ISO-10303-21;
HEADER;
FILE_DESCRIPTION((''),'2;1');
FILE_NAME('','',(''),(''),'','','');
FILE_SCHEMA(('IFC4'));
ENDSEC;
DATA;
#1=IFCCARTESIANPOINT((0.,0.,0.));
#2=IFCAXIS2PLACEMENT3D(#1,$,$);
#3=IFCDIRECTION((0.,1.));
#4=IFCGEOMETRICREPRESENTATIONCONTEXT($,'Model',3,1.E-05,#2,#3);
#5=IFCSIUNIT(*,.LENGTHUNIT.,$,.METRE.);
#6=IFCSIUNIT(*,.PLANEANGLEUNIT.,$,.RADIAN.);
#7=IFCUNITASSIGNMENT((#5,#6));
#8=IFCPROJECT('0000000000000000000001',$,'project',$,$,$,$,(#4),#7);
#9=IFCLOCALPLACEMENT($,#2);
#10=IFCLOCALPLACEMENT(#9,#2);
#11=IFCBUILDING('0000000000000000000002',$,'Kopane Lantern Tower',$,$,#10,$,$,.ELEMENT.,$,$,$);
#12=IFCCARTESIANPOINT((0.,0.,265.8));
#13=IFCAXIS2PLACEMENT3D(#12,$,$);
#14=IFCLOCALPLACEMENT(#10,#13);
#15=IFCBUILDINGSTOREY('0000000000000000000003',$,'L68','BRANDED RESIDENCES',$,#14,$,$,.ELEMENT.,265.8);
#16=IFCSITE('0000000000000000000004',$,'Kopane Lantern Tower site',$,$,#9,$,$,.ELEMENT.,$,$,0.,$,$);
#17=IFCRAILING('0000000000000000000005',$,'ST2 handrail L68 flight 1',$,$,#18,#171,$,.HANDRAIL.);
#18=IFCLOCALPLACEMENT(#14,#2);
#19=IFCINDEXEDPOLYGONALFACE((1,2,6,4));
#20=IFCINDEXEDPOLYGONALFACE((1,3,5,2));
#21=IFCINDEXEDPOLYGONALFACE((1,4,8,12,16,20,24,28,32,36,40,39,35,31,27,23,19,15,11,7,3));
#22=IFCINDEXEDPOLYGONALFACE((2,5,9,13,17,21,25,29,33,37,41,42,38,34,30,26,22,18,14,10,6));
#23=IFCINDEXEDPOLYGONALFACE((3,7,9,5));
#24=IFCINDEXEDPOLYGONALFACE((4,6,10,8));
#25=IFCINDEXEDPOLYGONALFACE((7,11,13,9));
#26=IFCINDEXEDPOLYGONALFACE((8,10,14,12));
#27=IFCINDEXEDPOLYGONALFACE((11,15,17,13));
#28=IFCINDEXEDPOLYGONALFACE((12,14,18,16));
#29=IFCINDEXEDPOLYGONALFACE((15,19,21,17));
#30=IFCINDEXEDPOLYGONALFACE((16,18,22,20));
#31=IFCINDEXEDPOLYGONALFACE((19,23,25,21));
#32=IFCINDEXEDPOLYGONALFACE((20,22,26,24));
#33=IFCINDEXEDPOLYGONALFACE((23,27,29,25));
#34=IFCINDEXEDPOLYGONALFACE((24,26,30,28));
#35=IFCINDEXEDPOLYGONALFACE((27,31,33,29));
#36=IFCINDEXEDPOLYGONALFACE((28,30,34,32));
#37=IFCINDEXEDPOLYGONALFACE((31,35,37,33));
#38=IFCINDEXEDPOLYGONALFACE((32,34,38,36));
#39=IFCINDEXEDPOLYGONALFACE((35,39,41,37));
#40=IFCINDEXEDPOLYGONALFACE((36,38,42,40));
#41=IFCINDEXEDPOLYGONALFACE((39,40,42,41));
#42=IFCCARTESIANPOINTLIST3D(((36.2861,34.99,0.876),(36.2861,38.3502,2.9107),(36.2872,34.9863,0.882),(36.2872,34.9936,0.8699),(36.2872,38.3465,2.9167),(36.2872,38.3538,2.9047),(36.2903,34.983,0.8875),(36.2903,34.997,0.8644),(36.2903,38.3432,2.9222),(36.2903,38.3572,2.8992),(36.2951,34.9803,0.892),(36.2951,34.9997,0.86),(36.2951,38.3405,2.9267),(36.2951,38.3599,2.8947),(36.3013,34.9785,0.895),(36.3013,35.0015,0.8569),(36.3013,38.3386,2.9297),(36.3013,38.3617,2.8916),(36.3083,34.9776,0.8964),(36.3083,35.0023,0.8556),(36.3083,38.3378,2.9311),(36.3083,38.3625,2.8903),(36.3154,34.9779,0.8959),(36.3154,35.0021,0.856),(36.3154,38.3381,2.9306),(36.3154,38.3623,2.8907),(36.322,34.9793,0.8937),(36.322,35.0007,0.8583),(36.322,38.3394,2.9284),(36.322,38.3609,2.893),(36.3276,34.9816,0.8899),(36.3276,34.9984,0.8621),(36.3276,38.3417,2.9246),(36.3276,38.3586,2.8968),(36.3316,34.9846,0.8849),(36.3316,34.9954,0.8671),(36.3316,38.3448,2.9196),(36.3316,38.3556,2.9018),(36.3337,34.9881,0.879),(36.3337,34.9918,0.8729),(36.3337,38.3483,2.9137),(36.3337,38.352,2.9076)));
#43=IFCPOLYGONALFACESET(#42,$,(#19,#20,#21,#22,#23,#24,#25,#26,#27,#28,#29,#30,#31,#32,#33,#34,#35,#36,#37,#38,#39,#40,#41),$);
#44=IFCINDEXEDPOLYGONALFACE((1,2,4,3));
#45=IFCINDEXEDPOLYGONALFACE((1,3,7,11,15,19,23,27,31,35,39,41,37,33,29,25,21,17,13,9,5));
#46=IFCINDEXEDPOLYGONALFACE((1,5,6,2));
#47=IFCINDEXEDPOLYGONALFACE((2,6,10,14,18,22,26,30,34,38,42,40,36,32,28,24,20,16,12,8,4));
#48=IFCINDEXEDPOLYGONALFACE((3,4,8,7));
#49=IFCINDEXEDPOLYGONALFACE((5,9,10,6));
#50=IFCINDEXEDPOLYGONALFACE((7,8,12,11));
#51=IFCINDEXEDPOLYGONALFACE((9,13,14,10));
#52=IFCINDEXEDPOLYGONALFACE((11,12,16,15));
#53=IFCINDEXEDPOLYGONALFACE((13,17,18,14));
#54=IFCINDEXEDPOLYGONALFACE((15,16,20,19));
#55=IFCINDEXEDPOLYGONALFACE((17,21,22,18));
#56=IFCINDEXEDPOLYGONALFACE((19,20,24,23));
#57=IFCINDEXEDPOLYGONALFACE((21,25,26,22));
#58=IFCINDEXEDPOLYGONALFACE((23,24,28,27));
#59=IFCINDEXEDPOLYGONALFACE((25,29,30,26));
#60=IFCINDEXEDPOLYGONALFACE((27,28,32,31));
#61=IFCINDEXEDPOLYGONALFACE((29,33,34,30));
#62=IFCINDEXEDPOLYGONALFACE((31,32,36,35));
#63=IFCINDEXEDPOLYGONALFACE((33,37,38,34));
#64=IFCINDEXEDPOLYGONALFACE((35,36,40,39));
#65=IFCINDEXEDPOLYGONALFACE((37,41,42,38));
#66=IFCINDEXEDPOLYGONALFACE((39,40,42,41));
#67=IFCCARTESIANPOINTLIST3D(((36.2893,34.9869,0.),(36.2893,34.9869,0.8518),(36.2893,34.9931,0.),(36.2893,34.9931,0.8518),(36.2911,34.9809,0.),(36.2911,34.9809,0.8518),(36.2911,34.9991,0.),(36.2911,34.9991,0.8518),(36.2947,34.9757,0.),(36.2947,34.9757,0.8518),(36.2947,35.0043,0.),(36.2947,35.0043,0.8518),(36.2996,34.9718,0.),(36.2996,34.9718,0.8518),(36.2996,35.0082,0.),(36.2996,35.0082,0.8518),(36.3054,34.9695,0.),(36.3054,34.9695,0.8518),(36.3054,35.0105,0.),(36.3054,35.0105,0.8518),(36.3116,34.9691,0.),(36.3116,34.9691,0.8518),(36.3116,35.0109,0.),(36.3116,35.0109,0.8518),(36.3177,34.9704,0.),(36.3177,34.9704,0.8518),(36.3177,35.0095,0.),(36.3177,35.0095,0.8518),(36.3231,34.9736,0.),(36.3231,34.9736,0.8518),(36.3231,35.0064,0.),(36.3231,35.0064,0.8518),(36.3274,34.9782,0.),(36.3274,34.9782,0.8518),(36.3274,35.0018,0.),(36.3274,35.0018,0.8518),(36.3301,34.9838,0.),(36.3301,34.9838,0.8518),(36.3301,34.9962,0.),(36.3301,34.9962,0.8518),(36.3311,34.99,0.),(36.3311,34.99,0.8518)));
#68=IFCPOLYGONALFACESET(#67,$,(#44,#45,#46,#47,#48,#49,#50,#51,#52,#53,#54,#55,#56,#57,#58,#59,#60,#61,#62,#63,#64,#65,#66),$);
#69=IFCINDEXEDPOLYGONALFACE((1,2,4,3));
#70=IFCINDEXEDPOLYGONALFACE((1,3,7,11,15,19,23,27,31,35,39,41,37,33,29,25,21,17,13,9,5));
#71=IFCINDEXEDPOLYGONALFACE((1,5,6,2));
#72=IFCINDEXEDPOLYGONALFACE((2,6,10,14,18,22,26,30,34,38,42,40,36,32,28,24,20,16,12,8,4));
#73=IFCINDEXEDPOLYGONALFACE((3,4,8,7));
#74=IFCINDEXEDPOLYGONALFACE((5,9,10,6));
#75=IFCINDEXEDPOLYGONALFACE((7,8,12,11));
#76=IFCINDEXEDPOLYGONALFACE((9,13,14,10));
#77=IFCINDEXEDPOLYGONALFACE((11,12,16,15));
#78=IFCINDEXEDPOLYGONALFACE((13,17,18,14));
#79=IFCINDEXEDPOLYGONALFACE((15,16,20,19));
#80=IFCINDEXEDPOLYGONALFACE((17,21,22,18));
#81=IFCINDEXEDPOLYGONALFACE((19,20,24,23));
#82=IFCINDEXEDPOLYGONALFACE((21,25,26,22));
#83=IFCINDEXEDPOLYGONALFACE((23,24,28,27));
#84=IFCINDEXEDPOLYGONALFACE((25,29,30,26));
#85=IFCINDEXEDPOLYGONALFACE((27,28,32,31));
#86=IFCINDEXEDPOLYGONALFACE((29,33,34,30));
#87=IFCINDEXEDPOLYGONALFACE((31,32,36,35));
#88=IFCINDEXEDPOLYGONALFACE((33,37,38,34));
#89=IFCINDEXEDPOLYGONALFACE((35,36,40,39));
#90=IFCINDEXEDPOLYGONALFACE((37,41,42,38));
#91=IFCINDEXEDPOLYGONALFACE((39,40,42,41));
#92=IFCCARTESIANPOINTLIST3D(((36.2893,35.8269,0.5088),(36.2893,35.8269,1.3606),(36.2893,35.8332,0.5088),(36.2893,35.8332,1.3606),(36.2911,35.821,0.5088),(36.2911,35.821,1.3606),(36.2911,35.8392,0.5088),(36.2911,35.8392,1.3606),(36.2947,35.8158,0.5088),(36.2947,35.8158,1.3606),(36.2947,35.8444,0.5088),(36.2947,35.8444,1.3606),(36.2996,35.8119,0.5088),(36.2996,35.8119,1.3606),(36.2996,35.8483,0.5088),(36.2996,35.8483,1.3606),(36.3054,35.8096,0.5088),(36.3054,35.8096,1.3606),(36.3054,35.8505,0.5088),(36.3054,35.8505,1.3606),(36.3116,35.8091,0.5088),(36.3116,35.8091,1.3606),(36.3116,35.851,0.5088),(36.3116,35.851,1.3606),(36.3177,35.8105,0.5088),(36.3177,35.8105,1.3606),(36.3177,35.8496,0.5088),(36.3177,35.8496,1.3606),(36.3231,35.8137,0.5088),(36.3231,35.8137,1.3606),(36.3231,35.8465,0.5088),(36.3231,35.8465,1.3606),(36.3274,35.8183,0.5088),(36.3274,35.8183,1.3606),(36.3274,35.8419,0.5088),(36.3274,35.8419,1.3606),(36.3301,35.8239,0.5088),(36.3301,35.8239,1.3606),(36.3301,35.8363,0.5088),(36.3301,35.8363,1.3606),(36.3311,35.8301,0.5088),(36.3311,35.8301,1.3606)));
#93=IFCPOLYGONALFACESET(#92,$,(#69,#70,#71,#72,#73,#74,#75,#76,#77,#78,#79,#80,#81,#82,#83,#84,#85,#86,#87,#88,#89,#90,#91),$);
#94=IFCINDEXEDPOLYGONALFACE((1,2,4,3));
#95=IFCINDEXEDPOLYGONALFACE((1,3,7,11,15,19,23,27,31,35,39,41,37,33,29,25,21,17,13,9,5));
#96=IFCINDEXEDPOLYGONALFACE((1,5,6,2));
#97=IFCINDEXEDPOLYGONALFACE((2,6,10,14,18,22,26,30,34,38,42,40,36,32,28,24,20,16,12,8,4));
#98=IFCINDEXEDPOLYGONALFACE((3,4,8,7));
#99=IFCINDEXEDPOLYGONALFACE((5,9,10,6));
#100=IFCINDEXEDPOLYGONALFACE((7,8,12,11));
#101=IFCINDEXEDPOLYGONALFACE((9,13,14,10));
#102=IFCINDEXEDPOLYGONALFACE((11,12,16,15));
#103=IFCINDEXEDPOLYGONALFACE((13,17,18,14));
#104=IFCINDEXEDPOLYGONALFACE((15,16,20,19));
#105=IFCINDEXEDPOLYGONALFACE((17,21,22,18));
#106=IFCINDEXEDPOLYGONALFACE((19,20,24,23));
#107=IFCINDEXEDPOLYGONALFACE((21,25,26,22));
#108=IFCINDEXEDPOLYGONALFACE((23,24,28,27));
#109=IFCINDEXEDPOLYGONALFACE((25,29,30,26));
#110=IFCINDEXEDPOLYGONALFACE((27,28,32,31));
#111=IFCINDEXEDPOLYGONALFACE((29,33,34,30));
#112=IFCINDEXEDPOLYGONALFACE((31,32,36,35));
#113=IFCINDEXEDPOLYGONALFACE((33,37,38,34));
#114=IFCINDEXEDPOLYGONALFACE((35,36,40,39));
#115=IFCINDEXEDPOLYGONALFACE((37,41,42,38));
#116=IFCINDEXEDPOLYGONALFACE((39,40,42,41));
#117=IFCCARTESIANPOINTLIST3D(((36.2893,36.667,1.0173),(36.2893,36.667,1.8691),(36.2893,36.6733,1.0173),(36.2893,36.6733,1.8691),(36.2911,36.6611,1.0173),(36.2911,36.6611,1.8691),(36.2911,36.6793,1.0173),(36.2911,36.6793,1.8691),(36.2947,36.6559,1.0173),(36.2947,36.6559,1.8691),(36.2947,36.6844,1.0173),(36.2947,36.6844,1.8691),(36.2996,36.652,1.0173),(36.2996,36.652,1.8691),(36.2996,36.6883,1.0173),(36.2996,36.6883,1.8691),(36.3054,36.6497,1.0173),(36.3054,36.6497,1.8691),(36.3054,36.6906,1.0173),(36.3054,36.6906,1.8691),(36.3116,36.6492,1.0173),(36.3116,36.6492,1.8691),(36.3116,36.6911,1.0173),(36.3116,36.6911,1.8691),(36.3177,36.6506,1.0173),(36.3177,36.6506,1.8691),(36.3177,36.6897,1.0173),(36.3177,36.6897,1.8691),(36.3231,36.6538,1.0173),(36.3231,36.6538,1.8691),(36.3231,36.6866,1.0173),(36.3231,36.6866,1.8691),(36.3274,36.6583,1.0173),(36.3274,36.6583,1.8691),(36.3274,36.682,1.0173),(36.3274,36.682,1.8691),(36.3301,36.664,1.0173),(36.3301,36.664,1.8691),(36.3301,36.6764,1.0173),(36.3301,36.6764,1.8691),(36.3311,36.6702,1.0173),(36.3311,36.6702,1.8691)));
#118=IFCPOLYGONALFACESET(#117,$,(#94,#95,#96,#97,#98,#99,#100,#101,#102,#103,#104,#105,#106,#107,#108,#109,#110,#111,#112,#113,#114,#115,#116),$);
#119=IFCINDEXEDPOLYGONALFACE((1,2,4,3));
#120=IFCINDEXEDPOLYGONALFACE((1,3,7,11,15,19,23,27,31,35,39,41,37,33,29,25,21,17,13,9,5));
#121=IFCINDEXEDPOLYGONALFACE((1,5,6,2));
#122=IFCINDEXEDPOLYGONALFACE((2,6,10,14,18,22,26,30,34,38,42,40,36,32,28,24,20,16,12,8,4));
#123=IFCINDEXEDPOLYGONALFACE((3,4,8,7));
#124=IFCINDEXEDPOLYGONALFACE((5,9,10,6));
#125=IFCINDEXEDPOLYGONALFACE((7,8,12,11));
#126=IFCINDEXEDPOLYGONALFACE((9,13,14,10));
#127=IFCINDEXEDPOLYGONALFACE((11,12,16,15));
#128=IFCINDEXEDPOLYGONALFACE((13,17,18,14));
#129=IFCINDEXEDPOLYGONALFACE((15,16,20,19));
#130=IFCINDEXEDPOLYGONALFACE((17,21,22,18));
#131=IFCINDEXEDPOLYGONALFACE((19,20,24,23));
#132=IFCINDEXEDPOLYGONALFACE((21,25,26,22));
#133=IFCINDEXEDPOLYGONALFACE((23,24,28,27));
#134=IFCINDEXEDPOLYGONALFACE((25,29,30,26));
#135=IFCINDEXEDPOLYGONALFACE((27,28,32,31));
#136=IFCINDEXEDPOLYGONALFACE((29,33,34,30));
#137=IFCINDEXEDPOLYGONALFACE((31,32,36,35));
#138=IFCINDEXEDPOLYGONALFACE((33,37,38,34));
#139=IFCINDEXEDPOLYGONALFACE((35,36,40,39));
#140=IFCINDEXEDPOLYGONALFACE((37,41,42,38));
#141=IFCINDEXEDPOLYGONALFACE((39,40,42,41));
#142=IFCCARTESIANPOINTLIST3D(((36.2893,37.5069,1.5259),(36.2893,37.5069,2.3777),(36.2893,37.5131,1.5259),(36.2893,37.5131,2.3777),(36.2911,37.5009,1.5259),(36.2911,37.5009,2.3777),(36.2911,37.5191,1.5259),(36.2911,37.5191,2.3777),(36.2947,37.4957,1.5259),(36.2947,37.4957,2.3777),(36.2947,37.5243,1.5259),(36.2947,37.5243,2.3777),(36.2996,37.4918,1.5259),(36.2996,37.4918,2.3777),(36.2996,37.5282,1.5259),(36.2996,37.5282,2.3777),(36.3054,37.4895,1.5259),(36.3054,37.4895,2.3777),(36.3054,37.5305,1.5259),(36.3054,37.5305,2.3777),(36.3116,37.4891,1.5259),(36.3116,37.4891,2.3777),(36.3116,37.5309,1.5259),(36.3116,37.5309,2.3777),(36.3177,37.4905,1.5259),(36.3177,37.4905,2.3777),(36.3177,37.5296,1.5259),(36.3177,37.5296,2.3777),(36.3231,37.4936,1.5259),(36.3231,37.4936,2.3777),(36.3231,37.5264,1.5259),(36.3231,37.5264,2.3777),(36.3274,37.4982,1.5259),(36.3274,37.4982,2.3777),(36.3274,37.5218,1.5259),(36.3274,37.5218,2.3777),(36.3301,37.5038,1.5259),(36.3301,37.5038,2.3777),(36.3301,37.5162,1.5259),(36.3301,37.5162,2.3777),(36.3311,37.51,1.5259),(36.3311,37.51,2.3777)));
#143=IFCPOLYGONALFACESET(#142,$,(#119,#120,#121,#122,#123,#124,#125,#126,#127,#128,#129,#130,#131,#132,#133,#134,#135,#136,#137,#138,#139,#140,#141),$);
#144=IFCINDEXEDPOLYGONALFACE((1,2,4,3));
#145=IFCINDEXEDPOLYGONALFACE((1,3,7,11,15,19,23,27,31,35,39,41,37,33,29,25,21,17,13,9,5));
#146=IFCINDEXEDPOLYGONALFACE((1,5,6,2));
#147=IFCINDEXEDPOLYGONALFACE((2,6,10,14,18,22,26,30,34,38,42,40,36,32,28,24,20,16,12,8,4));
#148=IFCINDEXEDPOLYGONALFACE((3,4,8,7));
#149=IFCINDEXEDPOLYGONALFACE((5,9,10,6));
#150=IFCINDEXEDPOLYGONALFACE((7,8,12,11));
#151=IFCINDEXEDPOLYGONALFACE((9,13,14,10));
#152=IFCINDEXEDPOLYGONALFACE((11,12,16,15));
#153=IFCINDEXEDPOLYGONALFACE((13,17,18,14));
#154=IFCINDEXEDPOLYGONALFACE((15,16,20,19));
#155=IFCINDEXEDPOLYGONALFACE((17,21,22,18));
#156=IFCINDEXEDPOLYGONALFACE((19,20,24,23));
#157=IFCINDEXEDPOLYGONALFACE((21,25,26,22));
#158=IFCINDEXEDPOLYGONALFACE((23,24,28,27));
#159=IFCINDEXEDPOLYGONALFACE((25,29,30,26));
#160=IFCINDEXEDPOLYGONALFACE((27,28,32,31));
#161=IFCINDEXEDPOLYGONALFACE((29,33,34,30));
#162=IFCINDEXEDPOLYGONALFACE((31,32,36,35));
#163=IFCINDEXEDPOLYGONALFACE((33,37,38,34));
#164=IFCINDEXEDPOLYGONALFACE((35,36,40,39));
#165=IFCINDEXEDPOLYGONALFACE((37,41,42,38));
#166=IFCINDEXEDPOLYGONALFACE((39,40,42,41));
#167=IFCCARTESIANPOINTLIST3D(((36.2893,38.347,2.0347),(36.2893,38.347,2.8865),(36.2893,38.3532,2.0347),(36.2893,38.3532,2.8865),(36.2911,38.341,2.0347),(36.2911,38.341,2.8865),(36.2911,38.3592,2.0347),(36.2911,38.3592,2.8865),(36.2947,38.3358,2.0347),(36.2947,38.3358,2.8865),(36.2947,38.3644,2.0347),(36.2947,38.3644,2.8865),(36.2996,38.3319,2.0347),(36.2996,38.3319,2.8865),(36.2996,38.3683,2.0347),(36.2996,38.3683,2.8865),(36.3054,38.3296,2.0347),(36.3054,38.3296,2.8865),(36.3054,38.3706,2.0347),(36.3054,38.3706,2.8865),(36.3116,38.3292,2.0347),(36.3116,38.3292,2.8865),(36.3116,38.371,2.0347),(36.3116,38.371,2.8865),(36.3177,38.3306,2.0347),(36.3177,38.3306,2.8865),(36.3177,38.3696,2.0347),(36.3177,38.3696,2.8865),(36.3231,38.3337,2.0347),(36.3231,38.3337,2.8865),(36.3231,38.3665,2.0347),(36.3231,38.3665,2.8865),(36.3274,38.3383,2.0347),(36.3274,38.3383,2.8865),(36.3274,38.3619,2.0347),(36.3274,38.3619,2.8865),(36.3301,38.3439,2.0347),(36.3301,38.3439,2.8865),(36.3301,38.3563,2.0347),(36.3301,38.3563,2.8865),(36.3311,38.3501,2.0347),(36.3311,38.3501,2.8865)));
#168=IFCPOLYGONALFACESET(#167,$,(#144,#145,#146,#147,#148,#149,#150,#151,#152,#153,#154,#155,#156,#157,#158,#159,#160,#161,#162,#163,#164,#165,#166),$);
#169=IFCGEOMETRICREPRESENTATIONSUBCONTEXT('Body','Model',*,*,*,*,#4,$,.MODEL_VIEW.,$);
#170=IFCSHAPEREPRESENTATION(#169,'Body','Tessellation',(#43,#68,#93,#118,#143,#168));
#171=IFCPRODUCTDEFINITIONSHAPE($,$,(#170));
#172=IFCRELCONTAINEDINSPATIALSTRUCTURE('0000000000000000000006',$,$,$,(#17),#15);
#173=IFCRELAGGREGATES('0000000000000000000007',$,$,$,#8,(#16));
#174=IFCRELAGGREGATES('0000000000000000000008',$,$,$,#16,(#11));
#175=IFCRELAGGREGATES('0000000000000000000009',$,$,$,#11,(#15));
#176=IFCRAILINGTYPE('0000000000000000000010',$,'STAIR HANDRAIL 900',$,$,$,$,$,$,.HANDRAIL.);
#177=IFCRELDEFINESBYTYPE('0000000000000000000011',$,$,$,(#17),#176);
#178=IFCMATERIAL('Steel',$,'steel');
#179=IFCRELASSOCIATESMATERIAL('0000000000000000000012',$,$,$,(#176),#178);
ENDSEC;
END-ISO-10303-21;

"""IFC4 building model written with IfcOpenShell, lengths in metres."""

from ifc_helpers import new_model, si_unit, direction, frame, origin, origin_2d, place, context, subcontext, project, spatial, circle, extrude, material, type_object, element, save


model = new_model("IFC4")

# Units and contexts
model_context = context("Model", 3, precision=1e-05, world=origin(), true_north=direction((0.0, 1.0)))
body_context = subcontext(model_context, "Body", "Model", "MODEL_VIEW")
ifc_project = project(units=[si_unit("LENGTHUNIT", "METRE"), si_unit("PLANEANGLEUNIT", "RADIAN")], contexts=[model_context])

# Site, building, storey
site_placement = place(None, origin())
site = spatial("IfcSite", under=ifc_project, at=site_placement, Name="Kopane Lantern Tower site", CompositionType="ELEMENT", RefElevation=0.0)
building_placement = place(site_placement, origin())
building = spatial("IfcBuilding", under=site, at=building_placement, Name="Kopane Lantern Tower", CompositionType="ELEMENT")
storey_placement = place(building_placement, frame((0.0, 0.0, 265.8)))
storey = spatial("IfcBuildingStorey", under=building, at=storey_placement, Name="L68", Description="BRANDED RESIDENCES", CompositionType="ELEMENT", Elevation=265.8)

# Railing
ifc_material_1 = material(Name="Steel", Category="steel")
railing_type_1 = type_object("IfcRailingType", Name="STAIR HANDRAIL 900", PredefinedType="HANDRAIL", material=ifc_material_1)
for number, where, name in (
    (1, (36.3101, 34.99, 0.0), "ST2 handrail L68 flight 1"),
):
    element("IfcRailing", number, at=place(storey_placement, frame(where)), inside=storey, type_object=railing_type_1, Name=name, PredefinedType="HANDRAIL", context=body_context, shape_type="SweptSolid", body=[
        extrude(circle(Radius=0.0239, at=origin_2d()), frame((0.0, 0.0, 0.876), z_axis=(0.0, 0.855396, 0.517974), x_axis=(-1.0, 0.0, 0.0)), (0.0, 0.0, 1.0), 3.9282),
        extrude(circle(Radius=0.021, at=origin_2d()), origin(), (0.0, 0.0, 1.0), 0.8518),
        extrude(circle(Radius=0.021, at=origin_2d()), frame((0.0, 0.8401, 0.5088)), (0.0, 0.0, 1.0), 0.8518),
        extrude(circle(Radius=0.021, at=origin_2d()), frame((0.0, 1.6802, 1.0173)), (0.0, 0.0, 1.0), 0.8518),
        extrude(circle(Radius=0.021, at=origin_2d()), frame((0.0, 2.52, 1.5259)), (0.0, 0.0, 1.0), 0.8518),
        extrude(circle(Radius=0.021, at=origin_2d()), frame((0.0, 3.3601, 2.0347)), (0.0, 0.0, 1.0), 0.8518),
    ])

save(model, "model.ifc")
